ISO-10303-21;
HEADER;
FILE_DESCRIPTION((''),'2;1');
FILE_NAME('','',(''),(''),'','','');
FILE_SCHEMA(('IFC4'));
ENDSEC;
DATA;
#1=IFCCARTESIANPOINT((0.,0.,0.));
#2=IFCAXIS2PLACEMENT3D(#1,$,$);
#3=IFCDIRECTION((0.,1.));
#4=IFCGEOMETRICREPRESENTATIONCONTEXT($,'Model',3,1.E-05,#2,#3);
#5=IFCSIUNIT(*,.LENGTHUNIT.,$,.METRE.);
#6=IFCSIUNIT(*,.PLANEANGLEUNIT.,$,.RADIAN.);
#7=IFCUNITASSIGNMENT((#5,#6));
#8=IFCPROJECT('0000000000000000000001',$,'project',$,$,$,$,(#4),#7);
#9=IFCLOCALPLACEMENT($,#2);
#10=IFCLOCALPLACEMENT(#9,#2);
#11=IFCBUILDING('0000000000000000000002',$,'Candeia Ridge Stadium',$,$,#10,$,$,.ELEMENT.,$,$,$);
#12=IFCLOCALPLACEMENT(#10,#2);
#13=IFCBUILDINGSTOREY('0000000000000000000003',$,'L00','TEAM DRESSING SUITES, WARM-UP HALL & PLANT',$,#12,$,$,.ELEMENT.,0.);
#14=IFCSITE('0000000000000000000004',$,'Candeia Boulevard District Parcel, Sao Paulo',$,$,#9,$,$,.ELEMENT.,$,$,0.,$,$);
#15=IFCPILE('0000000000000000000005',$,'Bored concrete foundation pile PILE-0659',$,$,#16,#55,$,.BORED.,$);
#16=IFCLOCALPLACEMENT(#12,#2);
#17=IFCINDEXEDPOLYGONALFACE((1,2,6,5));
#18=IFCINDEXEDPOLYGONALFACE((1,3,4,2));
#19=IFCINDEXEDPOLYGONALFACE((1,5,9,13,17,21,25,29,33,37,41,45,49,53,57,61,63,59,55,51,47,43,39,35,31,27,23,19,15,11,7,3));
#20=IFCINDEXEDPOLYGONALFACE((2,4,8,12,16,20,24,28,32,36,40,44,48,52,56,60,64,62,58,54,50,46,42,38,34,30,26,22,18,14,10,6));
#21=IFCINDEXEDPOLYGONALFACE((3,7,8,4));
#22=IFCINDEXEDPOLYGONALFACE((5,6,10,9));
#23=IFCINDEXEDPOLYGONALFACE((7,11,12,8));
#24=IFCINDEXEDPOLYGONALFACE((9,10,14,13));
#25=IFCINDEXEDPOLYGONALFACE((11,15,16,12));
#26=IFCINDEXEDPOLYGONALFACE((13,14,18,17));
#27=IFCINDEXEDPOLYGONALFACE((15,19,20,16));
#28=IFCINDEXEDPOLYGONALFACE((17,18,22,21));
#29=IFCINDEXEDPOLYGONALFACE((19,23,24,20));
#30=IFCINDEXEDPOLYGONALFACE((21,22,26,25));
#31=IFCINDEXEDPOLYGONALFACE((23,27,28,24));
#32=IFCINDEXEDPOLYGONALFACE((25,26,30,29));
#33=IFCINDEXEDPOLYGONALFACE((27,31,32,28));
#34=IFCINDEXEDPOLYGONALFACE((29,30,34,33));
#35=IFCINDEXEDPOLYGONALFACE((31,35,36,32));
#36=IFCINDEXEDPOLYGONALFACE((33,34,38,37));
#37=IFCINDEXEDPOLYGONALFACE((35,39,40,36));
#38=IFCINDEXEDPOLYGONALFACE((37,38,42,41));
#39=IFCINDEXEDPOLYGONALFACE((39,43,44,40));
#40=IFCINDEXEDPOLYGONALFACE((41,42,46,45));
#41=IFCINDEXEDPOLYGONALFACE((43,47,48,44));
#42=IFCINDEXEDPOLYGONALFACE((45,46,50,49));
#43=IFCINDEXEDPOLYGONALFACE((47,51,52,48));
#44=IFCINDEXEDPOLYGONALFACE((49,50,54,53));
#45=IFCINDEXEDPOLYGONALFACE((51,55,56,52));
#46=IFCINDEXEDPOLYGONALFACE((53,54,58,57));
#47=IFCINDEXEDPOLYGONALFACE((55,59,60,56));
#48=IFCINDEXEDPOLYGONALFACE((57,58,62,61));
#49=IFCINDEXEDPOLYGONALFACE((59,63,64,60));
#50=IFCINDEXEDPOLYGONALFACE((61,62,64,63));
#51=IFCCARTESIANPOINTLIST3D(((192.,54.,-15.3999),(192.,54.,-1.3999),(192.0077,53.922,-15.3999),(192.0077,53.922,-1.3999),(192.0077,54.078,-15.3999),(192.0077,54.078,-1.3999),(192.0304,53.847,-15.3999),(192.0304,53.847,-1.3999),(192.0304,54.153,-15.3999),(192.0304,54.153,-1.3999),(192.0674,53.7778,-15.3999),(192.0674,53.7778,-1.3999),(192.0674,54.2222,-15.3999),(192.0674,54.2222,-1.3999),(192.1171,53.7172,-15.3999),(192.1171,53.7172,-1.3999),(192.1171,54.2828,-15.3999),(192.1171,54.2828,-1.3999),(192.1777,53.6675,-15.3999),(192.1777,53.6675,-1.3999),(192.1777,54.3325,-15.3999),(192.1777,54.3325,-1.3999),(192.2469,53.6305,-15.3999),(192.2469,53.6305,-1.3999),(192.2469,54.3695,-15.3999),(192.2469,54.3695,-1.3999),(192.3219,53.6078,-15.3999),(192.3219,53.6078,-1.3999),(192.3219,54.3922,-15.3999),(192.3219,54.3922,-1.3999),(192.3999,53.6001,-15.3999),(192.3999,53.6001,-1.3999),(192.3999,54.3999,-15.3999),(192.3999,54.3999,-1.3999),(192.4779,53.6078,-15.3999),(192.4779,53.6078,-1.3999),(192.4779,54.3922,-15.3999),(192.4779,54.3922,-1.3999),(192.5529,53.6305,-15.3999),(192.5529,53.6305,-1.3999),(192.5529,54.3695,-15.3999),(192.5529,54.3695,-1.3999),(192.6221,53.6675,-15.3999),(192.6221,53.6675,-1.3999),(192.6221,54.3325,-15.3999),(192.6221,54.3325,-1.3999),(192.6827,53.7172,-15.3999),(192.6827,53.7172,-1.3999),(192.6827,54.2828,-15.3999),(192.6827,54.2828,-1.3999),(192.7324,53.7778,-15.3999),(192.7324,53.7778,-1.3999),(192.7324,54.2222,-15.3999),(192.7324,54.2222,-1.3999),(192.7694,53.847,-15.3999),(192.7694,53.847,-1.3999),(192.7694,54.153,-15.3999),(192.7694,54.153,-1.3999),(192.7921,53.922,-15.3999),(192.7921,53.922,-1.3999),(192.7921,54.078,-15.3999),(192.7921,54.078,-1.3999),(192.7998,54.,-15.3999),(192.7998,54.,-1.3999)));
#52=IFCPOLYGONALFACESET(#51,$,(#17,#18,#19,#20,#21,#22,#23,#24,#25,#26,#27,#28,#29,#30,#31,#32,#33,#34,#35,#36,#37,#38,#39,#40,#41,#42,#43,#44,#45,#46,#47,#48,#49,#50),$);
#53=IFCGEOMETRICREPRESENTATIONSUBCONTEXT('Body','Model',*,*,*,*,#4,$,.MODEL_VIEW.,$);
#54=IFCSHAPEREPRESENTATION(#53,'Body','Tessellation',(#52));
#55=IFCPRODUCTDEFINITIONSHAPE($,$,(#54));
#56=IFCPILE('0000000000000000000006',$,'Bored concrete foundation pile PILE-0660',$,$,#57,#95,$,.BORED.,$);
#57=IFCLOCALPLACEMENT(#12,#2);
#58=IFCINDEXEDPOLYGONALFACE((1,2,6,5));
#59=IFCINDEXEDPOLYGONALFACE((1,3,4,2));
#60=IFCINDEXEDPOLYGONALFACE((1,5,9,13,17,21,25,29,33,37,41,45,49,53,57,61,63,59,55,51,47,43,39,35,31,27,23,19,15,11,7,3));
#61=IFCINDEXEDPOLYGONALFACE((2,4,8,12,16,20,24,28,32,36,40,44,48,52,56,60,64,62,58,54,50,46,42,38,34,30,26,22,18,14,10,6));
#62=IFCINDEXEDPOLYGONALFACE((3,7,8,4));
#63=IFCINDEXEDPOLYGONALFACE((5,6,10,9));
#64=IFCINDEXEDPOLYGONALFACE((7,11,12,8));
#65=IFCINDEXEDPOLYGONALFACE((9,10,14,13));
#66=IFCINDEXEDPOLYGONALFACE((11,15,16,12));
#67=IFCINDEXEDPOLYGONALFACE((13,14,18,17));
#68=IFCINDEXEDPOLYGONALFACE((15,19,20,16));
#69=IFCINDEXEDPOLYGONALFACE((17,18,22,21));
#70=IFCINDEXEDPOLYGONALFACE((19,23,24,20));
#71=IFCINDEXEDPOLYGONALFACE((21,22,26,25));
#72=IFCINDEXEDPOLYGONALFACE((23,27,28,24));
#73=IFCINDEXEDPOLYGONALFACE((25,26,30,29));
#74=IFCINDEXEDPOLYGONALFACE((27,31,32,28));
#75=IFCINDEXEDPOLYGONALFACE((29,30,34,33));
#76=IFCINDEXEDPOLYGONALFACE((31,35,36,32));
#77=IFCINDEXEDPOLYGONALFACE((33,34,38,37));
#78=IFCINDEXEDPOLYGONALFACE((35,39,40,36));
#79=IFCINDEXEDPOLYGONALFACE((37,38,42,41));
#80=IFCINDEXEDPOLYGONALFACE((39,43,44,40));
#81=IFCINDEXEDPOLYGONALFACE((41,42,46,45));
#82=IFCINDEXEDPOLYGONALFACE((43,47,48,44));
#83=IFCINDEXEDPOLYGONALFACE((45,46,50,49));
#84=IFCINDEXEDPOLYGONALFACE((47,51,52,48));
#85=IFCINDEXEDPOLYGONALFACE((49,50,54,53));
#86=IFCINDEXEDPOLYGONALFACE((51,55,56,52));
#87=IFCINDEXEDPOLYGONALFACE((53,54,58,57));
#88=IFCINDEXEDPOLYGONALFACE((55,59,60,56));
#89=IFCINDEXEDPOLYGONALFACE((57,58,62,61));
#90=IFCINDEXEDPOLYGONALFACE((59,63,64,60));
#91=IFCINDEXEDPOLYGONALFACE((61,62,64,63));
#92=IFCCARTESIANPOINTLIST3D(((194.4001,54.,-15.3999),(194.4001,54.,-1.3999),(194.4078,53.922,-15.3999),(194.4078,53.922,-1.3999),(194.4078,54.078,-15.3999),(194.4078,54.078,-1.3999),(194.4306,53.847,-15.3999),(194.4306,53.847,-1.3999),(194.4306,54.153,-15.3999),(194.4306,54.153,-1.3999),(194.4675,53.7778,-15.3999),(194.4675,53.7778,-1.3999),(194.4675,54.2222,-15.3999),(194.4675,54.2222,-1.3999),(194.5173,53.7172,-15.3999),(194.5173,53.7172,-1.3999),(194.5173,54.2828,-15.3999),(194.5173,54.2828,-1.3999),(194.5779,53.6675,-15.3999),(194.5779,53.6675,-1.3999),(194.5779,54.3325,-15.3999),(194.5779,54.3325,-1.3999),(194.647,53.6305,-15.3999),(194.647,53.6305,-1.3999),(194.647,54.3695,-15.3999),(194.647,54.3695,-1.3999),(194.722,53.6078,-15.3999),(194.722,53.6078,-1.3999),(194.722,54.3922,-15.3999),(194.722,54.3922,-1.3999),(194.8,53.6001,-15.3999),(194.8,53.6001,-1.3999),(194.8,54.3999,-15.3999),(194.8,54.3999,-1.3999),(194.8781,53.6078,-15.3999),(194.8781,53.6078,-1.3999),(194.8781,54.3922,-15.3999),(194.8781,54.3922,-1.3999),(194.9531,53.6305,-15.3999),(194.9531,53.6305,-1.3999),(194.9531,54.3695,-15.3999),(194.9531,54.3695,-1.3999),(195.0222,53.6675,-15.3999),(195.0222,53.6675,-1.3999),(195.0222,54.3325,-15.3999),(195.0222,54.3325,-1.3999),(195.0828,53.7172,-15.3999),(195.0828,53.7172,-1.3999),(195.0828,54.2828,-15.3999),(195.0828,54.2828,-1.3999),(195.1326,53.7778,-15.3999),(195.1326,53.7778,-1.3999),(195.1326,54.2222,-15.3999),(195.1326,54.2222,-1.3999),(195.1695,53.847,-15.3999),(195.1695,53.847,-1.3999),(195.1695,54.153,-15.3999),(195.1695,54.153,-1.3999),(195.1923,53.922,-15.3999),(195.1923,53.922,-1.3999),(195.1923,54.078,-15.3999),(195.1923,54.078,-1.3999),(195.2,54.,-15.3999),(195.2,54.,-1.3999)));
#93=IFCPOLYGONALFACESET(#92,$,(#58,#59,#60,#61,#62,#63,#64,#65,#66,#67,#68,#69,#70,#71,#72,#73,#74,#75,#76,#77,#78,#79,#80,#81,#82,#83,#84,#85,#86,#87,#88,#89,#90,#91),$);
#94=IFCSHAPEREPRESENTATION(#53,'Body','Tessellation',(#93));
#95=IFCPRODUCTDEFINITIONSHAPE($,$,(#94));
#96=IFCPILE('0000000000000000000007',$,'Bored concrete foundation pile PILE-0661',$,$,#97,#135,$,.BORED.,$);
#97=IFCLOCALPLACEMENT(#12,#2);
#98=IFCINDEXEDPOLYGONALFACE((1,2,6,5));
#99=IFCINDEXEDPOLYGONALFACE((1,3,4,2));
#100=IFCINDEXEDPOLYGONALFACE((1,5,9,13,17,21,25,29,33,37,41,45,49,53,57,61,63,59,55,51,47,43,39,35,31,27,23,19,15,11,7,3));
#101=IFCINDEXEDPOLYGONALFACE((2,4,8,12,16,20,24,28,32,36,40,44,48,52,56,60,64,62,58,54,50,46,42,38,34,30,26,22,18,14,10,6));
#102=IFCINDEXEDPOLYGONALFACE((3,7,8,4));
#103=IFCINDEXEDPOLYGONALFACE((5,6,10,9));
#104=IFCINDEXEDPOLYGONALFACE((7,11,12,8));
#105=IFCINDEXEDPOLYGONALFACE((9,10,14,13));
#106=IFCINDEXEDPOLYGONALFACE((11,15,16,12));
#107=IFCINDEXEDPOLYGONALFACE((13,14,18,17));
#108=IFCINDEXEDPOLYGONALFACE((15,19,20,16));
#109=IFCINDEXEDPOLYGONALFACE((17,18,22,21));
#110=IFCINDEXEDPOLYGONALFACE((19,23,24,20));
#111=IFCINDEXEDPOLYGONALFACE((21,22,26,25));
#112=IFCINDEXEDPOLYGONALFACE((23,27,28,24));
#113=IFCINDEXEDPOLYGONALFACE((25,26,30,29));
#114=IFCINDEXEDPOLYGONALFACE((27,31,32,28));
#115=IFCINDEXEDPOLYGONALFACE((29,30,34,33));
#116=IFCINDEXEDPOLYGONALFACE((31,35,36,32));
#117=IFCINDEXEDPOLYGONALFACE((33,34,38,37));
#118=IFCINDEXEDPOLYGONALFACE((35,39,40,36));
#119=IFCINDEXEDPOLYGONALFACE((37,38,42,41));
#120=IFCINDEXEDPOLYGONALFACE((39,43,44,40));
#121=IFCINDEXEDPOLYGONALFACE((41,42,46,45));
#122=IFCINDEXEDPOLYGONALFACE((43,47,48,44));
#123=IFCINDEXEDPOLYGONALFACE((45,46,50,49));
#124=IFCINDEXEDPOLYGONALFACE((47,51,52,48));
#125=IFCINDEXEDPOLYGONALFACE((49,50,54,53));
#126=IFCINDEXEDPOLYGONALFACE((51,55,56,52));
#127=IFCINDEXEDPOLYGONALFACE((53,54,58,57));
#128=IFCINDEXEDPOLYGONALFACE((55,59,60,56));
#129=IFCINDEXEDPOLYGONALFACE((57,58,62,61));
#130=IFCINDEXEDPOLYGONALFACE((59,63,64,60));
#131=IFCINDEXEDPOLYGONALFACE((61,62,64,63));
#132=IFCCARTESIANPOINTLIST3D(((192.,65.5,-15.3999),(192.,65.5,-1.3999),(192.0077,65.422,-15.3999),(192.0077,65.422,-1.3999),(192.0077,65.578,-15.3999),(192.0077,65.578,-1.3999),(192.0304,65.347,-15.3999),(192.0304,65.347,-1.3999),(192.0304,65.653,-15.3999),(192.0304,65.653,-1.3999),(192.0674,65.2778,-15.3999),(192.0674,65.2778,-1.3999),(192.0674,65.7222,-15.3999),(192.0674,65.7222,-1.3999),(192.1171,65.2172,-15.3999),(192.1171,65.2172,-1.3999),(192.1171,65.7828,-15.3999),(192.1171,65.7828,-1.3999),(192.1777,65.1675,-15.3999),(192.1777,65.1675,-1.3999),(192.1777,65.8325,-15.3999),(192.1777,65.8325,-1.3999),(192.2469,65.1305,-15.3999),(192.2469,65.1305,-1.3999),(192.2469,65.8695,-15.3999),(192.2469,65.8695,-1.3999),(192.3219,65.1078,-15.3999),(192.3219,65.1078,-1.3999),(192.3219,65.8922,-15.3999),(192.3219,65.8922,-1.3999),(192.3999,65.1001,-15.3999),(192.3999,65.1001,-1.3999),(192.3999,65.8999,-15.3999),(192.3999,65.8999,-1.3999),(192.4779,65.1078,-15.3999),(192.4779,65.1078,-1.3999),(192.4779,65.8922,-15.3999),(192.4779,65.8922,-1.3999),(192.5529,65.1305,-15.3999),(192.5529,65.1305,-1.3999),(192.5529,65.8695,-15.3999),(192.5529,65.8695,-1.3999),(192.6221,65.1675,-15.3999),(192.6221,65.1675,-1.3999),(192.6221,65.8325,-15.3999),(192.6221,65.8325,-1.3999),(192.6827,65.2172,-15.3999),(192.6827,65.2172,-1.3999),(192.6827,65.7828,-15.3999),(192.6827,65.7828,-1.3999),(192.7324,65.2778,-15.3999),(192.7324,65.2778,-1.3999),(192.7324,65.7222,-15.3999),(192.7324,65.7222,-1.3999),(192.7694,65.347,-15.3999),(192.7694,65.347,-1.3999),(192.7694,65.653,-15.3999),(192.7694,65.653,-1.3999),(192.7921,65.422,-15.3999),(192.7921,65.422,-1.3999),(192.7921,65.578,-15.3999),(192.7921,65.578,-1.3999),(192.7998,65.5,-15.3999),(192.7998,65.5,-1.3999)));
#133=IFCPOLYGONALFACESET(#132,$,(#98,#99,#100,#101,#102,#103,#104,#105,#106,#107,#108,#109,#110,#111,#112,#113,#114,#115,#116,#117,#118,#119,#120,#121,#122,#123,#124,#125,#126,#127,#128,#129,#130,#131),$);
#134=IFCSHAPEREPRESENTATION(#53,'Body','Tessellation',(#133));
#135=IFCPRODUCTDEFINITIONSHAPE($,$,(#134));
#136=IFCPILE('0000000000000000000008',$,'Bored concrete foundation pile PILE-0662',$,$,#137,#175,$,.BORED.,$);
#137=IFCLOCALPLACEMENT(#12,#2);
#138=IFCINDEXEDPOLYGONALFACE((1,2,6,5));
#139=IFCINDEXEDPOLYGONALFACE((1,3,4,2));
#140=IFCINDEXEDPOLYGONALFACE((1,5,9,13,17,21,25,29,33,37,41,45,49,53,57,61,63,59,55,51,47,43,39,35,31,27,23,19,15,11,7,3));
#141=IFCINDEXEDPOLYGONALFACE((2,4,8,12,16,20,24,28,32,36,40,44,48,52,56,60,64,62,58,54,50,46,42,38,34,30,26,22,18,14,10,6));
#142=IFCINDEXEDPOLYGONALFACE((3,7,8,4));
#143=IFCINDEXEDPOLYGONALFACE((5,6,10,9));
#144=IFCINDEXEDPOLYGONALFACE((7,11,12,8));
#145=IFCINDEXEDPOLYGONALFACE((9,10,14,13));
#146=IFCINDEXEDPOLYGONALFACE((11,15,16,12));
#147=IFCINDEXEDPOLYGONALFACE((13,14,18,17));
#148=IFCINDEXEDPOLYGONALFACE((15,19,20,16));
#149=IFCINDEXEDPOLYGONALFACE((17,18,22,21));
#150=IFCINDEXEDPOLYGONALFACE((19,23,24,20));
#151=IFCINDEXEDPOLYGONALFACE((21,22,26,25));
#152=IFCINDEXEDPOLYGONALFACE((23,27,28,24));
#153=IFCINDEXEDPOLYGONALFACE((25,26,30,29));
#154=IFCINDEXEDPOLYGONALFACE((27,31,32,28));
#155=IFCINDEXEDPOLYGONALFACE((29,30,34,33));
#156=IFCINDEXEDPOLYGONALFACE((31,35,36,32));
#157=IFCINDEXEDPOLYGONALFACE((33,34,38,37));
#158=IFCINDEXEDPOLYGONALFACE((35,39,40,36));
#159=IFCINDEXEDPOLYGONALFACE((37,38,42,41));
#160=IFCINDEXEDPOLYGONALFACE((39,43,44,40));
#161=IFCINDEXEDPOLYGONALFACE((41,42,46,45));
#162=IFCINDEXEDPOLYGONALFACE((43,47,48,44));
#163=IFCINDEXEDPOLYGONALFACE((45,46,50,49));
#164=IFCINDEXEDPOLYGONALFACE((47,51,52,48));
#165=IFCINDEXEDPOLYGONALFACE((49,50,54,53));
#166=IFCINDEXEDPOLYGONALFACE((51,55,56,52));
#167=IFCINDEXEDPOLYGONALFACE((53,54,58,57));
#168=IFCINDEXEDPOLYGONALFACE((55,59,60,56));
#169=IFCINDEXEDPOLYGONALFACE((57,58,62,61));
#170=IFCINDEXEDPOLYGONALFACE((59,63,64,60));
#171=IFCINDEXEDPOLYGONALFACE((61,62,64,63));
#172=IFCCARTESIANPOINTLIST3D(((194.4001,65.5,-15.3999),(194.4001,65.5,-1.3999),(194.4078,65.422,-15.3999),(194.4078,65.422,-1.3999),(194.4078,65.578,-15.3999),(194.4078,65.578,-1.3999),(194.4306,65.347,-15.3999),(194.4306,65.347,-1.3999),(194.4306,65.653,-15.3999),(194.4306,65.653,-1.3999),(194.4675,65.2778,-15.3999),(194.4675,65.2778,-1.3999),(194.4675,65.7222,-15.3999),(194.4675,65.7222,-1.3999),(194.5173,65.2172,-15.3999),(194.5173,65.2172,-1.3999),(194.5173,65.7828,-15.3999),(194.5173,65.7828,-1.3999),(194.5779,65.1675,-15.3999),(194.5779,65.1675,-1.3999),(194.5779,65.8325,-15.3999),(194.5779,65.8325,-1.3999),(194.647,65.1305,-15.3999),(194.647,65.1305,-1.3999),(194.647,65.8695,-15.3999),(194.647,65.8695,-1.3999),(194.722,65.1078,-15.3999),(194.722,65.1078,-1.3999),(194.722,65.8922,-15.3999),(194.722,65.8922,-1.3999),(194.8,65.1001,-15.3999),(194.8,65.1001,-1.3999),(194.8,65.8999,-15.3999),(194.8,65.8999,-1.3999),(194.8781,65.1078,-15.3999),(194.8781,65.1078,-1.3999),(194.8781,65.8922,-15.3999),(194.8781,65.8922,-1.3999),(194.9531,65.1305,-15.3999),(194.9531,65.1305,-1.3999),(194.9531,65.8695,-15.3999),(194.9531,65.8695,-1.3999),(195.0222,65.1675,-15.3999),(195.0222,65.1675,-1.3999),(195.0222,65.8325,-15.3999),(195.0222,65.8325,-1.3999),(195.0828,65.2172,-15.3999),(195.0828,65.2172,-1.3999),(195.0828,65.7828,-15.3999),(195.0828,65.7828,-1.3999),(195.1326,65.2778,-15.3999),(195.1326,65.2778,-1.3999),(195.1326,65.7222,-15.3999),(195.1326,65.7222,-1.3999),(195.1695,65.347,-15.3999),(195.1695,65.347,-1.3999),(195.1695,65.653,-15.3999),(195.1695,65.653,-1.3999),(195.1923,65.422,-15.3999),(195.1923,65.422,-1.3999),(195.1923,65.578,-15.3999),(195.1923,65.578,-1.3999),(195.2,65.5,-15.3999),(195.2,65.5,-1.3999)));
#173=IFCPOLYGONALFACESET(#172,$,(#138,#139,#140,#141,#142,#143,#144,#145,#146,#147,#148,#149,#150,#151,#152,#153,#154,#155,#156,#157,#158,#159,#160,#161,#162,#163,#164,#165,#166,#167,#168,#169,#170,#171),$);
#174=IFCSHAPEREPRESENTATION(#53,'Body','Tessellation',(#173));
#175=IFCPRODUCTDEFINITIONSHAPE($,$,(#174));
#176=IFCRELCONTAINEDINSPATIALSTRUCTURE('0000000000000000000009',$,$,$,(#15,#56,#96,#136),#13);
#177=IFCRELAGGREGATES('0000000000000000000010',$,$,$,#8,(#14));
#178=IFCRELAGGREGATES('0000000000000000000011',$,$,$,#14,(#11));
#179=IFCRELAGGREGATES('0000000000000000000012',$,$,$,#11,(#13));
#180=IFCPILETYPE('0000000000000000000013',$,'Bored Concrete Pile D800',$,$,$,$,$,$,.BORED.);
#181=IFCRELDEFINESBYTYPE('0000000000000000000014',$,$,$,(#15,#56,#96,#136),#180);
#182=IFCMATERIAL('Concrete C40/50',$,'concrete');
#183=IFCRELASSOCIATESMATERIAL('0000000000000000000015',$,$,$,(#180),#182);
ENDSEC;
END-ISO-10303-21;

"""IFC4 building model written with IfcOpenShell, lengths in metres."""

from ifc_helpers import new_model, si_unit, direction, frame, origin, origin_2d, place, context, subcontext, project, spatial, circle, extrude, material, material_profile, profile_set, type_object, element, save


model = new_model("IFC4")

# Units and contexts
model_context = context("Model", 3, precision=1e-05, world=origin(), true_north=direction((0.0, 1.0)))
body_context = subcontext(model_context, "Body", "Model", "MODEL_VIEW")
ifc_project = project(units=[si_unit("LENGTHUNIT", "METRE"), si_unit("PLANEANGLEUNIT", "RADIAN")], contexts=[model_context])

# Site, building, storey
site_placement = place(None, origin())
site = spatial("IfcSite", under=ifc_project, at=site_placement, Name="Candeia Boulevard District Parcel, Sao Paulo", CompositionType="ELEMENT", RefElevation=0.0)
building_placement = place(site_placement, origin())
building = spatial("IfcBuilding", under=site, at=building_placement, Name="Candeia Ridge Stadium", CompositionType="ELEMENT")
storey_placement = place(building_placement, origin())
storey = spatial("IfcBuildingStorey", under=building, at=storey_placement, Name="L00", Description="TEAM DRESSING SUITES, WARM-UP HALL & PLANT", CompositionType="ELEMENT", Elevation=0.0)

# Piles
ifc_material_1 = material(Name="Concrete C40/50", Category="concrete")
ifc_material_profile_1 = material_profile(ifc_material_1, circle(Radius=0.3999, at=origin_2d()), Name="PILE-D800", Category="concrete")
ifc_profile_set_1 = profile_set([ifc_material_profile_1], Name="Concrete C40/50")
pile_type_1 = type_object("IfcPileType", Name="Bored Concrete Pile D800", PredefinedType="BORED", material=ifc_profile_set_1)
for number, where, z_axis, x_axis, name in (
    (1, (192.3999, 54.0, -1.3999), (0.0, 0.0, -1.0), (1.0, 0.0, 0.0), "Bored concrete foundation pile PILE-0659"),
    (2, (194.8, 54.0, -1.3999), (0.0, 0.0, -1.0), (1.0, 0.0, 0.0), "Bored concrete foundation pile PILE-0660"),
    (3, (192.3999, 65.5, -1.3999), (0.0, 0.0, -1.0), (1.0, 0.0, 0.0), "Bored concrete foundation pile PILE-0661"),
    (4, (194.8, 65.5, -1.3999), (0.0, 0.0, -1.0), (1.0, 0.0, 0.0), "Bored concrete foundation pile PILE-0662"),
):
    element("IfcPile", number, at=place(storey_placement, frame(where, z_axis=z_axis, x_axis=x_axis)), inside=storey, type_object=pile_type_1, Name=name, PredefinedType="BORED", context=body_context, shape_type="SweptSolid", body=[
        extrude(circle(Radius=0.3999, at=origin_2d()), origin(), (0.0, 0.0, 1.0), 14.0),
    ])

save(model, "model.ifc")
